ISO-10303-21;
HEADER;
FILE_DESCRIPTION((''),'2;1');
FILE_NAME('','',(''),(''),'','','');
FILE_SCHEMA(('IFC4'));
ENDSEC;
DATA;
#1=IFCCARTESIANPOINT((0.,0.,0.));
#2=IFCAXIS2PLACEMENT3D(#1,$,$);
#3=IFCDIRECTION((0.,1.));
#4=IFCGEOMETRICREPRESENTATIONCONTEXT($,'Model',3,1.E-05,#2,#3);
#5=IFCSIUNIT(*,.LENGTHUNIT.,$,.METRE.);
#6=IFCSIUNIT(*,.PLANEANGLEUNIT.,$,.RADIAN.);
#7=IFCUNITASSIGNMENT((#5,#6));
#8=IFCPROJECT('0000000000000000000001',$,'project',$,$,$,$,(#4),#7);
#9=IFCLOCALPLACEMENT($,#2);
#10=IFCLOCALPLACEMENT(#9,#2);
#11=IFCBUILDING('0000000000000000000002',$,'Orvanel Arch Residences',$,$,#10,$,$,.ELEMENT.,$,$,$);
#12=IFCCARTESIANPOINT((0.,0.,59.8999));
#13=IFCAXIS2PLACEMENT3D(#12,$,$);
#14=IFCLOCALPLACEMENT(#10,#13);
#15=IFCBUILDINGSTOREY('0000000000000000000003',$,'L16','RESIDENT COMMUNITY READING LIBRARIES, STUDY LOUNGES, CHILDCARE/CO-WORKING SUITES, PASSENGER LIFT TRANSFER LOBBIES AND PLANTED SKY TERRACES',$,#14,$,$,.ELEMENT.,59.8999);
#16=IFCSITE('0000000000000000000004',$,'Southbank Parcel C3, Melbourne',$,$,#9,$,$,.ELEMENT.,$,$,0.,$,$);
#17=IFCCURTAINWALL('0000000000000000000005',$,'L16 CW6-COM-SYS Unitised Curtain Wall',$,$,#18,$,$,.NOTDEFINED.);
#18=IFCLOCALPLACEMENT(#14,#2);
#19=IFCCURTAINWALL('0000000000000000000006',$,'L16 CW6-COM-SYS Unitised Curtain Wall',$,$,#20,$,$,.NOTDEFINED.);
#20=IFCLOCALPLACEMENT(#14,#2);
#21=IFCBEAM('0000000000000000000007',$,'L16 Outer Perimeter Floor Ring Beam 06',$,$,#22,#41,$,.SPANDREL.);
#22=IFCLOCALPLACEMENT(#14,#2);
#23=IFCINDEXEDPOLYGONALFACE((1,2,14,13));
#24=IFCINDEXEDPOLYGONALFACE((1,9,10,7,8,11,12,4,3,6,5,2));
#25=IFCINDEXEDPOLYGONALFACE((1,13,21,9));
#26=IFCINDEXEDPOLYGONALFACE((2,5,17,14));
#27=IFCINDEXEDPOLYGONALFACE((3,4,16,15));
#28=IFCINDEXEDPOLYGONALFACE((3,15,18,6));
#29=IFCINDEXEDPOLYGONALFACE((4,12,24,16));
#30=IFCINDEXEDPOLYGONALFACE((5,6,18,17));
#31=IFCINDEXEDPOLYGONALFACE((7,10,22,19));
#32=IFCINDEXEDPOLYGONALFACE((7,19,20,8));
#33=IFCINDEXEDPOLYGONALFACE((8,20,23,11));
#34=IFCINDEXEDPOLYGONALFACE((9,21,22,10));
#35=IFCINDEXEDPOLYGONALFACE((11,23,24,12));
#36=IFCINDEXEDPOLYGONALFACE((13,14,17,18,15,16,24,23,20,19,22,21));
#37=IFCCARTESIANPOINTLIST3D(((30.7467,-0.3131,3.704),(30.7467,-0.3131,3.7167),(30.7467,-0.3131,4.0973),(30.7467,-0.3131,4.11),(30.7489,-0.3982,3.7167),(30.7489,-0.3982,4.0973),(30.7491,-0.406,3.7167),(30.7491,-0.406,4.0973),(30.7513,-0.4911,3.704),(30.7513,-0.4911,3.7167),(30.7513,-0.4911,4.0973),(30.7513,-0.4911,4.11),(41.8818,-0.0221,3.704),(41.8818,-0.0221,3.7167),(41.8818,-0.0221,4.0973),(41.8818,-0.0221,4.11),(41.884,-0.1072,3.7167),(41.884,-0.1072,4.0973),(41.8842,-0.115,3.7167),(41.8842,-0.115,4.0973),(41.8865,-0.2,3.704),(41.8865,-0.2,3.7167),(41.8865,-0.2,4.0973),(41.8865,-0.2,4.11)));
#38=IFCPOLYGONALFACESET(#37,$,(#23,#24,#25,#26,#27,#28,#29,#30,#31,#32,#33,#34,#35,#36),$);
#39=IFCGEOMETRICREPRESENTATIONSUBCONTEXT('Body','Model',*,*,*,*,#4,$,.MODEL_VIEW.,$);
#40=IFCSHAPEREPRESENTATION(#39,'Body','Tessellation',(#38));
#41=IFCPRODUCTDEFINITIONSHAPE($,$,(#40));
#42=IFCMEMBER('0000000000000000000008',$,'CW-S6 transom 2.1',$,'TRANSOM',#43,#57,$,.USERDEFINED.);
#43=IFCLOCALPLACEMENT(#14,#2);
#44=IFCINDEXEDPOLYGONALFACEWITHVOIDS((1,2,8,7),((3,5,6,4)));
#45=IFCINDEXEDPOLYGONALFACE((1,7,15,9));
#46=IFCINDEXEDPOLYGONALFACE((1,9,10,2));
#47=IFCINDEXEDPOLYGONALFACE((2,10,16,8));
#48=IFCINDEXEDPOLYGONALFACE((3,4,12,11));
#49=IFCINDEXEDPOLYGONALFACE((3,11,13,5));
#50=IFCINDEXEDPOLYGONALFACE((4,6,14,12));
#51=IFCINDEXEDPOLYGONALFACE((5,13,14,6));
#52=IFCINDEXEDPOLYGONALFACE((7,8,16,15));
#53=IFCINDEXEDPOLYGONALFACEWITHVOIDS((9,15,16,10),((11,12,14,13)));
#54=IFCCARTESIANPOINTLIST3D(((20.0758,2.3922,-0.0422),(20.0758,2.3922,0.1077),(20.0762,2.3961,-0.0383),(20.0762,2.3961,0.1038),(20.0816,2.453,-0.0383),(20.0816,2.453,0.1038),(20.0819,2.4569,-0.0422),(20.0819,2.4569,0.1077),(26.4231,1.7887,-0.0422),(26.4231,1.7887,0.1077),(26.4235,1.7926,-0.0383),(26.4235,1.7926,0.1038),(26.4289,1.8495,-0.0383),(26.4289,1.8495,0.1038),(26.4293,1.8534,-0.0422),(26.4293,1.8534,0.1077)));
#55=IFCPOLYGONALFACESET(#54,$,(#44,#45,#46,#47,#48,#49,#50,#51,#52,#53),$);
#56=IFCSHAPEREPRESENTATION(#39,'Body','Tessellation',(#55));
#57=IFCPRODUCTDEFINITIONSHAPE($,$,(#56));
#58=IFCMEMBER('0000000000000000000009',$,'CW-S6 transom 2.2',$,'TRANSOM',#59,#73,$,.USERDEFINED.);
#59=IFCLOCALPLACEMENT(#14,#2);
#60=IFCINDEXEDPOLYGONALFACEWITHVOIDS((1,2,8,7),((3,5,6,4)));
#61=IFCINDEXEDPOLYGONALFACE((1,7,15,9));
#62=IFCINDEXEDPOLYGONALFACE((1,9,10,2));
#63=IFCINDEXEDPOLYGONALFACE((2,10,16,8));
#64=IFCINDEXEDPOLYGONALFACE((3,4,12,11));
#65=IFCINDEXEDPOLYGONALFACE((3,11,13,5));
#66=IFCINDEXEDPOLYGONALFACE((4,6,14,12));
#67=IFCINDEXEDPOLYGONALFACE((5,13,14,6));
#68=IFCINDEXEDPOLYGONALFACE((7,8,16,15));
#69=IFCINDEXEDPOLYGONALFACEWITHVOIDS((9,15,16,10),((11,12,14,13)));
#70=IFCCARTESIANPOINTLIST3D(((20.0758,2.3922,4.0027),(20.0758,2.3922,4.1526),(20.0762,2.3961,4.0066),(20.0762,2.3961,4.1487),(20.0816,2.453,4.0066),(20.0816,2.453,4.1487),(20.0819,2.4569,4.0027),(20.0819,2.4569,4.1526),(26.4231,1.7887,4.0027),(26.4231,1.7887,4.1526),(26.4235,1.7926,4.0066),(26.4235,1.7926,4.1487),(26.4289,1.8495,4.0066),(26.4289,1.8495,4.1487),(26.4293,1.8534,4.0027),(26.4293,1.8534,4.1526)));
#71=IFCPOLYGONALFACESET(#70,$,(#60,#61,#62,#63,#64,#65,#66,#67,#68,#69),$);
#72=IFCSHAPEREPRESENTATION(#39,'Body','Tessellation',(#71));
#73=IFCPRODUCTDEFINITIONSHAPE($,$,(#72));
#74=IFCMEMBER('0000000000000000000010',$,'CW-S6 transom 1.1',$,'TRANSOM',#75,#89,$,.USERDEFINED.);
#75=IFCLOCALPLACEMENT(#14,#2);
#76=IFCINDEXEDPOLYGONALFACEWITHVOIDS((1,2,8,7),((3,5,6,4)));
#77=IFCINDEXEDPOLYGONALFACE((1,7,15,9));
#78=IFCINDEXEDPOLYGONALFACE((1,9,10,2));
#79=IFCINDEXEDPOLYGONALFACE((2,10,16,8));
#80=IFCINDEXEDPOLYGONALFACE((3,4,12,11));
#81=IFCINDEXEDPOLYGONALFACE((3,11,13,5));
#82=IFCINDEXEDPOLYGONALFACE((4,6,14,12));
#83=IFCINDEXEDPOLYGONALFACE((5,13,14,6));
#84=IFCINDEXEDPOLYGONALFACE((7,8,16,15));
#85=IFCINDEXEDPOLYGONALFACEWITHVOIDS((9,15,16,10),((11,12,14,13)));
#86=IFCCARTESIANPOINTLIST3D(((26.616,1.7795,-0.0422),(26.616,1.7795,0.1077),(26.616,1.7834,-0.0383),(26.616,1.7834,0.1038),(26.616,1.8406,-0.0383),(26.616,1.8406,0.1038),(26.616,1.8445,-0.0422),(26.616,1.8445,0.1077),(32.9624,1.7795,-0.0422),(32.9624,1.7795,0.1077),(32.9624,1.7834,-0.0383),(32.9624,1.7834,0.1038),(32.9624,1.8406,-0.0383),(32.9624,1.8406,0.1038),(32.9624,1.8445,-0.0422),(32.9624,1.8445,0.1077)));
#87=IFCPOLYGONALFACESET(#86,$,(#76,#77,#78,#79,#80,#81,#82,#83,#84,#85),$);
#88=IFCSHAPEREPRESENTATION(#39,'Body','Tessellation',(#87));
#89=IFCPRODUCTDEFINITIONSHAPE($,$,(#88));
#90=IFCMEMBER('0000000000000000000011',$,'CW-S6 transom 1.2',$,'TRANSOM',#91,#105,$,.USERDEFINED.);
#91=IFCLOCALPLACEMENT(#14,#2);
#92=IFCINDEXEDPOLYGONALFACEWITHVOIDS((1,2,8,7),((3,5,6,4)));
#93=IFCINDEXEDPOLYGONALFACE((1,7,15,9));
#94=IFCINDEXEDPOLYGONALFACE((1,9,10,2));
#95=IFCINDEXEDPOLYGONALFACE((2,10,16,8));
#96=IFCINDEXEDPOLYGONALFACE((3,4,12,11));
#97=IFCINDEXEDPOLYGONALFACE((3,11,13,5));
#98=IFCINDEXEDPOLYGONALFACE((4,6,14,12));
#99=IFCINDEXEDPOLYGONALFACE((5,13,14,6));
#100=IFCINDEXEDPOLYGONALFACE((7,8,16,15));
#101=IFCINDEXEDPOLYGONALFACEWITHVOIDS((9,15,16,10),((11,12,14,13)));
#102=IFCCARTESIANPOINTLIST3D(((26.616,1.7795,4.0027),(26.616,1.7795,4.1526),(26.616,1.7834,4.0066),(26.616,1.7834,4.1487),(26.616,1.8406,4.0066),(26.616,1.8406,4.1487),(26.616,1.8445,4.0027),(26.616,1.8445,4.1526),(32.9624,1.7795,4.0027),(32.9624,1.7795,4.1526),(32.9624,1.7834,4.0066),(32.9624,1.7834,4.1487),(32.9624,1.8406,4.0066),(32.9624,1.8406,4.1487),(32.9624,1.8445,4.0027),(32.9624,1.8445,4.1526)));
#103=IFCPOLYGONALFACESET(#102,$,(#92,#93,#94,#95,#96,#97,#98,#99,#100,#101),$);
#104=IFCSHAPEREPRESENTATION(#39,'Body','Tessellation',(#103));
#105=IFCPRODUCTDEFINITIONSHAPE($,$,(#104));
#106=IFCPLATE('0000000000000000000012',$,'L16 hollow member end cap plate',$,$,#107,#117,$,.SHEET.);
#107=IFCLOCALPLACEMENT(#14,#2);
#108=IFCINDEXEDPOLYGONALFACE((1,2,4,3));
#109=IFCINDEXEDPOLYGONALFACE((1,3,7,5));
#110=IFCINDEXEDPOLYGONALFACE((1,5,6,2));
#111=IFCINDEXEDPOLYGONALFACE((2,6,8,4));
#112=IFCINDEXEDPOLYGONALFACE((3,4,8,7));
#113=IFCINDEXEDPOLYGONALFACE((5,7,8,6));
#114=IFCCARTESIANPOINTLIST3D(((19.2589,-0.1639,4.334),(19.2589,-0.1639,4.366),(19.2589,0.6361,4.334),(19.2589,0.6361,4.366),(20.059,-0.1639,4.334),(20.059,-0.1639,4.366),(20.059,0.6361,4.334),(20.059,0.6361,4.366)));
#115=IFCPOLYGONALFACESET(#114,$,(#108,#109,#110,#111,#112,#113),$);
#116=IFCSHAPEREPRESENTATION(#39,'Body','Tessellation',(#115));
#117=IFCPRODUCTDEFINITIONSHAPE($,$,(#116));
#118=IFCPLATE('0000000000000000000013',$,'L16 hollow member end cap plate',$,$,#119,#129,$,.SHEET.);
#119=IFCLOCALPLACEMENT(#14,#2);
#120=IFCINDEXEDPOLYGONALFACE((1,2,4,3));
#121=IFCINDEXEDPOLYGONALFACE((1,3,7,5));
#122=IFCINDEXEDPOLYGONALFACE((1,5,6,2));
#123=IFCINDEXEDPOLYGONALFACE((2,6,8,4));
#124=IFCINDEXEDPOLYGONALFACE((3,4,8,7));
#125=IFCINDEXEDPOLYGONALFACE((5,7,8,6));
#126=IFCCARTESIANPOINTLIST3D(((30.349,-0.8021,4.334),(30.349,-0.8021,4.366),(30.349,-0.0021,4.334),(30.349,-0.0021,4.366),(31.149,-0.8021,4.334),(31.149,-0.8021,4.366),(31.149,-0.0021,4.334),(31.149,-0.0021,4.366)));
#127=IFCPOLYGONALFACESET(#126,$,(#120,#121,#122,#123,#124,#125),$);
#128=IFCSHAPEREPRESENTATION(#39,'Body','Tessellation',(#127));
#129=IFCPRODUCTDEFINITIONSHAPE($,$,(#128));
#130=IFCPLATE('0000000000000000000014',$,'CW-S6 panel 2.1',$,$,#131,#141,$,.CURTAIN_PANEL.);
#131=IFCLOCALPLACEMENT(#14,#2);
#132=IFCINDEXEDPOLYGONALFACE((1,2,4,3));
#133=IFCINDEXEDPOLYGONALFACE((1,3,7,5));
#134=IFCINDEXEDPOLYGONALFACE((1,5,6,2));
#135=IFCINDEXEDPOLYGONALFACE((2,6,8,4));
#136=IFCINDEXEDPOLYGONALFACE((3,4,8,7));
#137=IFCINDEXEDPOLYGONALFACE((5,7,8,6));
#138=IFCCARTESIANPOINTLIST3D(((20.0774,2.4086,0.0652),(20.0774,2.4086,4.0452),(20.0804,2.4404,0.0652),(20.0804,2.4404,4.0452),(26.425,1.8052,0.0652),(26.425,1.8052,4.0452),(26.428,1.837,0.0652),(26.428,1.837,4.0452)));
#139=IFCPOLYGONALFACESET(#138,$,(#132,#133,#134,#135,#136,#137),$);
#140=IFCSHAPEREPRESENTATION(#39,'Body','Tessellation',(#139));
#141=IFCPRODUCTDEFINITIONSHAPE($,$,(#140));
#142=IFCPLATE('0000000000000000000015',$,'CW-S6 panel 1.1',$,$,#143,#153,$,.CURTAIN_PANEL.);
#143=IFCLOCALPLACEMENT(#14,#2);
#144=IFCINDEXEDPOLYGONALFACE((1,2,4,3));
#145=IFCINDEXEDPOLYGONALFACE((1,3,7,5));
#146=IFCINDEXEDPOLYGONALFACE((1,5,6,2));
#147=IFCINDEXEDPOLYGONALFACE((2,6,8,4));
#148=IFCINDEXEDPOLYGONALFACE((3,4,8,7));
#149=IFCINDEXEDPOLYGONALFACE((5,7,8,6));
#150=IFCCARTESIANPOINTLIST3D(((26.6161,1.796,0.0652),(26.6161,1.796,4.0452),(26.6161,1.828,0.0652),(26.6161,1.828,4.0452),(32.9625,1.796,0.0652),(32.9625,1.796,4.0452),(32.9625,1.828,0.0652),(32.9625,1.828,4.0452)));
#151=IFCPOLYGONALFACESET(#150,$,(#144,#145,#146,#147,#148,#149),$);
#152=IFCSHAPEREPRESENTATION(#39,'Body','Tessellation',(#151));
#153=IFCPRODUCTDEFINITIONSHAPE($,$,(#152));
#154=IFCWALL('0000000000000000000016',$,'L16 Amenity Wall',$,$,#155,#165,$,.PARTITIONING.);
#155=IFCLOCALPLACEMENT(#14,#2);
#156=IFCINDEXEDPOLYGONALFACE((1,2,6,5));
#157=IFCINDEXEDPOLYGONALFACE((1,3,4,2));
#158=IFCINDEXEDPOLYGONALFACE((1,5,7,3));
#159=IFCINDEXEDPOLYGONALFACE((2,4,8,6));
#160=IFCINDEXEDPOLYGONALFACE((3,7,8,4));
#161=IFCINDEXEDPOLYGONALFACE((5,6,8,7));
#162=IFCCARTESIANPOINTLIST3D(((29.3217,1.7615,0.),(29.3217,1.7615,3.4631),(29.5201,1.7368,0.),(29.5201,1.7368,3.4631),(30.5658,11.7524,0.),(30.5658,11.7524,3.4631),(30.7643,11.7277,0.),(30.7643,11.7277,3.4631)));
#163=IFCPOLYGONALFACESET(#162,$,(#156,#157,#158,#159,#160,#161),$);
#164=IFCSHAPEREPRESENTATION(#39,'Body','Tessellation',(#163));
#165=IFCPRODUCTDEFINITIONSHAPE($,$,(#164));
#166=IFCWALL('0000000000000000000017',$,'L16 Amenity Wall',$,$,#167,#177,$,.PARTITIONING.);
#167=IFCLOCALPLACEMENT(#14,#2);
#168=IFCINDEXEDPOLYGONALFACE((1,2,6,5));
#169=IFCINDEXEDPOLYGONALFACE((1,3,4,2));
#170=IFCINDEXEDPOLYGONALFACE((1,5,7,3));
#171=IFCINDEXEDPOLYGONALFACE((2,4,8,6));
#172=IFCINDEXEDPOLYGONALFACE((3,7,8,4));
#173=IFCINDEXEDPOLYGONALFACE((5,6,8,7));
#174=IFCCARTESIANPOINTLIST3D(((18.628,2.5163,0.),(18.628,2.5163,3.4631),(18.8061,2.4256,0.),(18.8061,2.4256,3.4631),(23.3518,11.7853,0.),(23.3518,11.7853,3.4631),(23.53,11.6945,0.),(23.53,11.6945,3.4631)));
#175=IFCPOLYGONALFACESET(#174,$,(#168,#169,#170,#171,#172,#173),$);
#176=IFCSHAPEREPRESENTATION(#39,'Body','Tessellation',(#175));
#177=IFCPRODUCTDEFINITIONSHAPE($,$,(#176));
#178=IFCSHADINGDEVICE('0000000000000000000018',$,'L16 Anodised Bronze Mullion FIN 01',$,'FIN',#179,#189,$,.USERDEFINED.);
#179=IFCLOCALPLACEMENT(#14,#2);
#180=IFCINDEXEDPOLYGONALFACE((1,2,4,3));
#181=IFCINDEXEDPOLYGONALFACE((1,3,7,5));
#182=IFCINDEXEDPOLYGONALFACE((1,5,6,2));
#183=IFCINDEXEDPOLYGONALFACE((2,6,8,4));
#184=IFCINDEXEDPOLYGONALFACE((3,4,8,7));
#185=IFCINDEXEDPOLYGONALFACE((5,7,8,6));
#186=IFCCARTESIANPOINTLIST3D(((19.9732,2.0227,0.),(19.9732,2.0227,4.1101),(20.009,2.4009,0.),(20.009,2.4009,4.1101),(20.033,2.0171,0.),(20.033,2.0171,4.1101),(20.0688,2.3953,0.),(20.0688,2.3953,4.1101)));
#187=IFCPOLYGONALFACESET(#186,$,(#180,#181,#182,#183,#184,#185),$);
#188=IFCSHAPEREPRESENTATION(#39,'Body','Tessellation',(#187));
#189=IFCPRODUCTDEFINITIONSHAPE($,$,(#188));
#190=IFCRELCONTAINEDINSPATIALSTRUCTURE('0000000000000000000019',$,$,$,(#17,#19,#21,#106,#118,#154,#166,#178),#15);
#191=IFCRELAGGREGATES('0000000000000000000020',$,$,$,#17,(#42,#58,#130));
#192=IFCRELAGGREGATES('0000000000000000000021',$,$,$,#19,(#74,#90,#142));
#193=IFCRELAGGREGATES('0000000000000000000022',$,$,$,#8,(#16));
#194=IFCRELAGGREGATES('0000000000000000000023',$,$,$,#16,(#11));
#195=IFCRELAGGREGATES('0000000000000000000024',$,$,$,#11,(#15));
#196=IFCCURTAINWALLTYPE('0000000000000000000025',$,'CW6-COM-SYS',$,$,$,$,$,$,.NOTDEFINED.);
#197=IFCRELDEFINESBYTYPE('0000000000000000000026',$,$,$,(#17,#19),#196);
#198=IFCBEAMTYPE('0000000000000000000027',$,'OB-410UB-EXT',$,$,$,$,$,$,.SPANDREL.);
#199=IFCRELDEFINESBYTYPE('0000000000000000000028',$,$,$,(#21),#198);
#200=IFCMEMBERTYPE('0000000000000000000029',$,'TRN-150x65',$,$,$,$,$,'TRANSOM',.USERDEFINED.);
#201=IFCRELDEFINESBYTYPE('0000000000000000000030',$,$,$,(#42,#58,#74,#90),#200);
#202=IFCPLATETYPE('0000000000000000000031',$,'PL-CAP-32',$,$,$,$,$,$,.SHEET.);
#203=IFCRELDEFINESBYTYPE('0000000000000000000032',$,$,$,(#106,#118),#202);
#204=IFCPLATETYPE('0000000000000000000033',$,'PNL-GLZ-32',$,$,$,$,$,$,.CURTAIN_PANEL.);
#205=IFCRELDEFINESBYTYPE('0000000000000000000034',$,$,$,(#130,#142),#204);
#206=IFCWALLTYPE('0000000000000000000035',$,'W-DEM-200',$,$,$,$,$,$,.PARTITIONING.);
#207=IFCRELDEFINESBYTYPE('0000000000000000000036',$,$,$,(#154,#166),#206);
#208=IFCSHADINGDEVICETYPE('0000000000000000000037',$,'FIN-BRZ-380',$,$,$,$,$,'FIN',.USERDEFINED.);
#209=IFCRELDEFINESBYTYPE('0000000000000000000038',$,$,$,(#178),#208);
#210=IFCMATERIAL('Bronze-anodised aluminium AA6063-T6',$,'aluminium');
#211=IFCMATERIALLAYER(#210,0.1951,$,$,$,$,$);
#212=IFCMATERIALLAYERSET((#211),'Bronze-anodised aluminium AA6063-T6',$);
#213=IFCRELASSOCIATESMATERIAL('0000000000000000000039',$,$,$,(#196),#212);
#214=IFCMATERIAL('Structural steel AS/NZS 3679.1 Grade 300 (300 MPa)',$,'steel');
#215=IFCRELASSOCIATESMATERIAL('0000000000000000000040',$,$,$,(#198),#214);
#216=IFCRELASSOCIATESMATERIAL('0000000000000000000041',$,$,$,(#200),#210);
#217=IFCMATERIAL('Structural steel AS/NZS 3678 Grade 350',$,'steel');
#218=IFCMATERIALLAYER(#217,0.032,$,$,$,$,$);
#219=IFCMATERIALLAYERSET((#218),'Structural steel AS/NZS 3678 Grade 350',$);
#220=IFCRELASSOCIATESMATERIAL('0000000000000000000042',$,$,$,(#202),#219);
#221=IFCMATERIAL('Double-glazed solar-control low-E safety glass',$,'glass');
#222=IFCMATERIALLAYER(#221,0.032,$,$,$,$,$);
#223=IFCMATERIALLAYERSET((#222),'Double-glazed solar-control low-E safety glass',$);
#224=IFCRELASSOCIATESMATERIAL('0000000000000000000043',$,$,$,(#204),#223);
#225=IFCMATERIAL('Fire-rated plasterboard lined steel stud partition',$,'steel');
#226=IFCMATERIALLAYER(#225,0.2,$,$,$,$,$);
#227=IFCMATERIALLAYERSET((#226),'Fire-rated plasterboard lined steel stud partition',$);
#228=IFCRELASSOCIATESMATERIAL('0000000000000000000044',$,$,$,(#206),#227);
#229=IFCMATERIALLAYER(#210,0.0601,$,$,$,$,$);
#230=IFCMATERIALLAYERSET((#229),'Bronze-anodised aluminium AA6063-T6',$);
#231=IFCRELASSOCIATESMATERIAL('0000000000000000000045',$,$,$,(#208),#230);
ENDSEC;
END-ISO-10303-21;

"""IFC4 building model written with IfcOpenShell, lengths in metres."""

from ifc_helpers import new_model, si_unit, direction, frame, frame_2d, origin, origin_2d, place, context, subcontext, project, spatial, rectangle, hollow_rectangle, i_section, extrude, material, layer, layer_set, material_profile, profile_set, type_object, element, aggregate, save


model = new_model("IFC4")

# Units and contexts
model_context = context("Model", 3, precision=1e-05, world=origin(), true_north=direction((0.0, 1.0)))
body_context = subcontext(model_context, "Body", "Model", "MODEL_VIEW")
ifc_project = project(units=[si_unit("LENGTHUNIT", "METRE"), si_unit("PLANEANGLEUNIT", "RADIAN")], contexts=[model_context])

# Site, building, storey
site_placement = place(None, origin())
site = spatial("IfcSite", under=ifc_project, at=site_placement, Name="Southbank Parcel C3, Melbourne", CompositionType="ELEMENT", RefElevation=0.0)
building_placement = place(site_placement, origin())
building = spatial("IfcBuilding", under=site, at=building_placement, Name="Orvanel Arch Residences", CompositionType="ELEMENT")
storey_placement = place(building_placement, frame((0.0, 0.0, 59.8999)))
storey = spatial("IfcBuildingStorey", under=building, at=storey_placement, Name="L16", Description="RESIDENT COMMUNITY READING LIBRARIES, STUDY LOUNGES, CHILDCARE/CO-WORKING SUITES, PASSENGER LIFT TRANSFER LOBBIES AND PLANTED SKY TERRACES", CompositionType="ELEMENT", Elevation=59.8999)

# Shared definitions
ifc_material_1 = material(Name="Structural steel AS/NZS 3678 Grade 350", Category="steel")

# Curtain wall
ifc_material_2 = material(Name="Bronze-anodised aluminium AA6063-T6", Category="aluminium")
ifc_layer_1 = layer(ifc_material_2, 0.1951)
ifc_layer_set_1 = layer_set([ifc_layer_1], Name="Bronze-anodised aluminium AA6063-T6")
curtain_wall_type = type_object("IfcCurtainWallType", Name="CW6-COM-SYS", PredefinedType="NOTDEFINED", material=ifc_layer_set_1)
curtain_wall_1_placement = place(storey_placement, origin())
curtain_wall_1 = element("IfcCurtainWall", 1, at=curtain_wall_1_placement, inside=storey, type_object=curtain_wall_type, Name="L16 CW6-COM-SYS Unitised Curtain Wall", PredefinedType="NOTDEFINED")

# Curtain wall
curtain_wall_2_placement = place(storey_placement, origin())
curtain_wall_2 = element("IfcCurtainWall", 2, at=curtain_wall_2_placement, inside=storey, type_object=curtain_wall_type, Name="L16 CW6-COM-SYS Unitised Curtain Wall", PredefinedType="NOTDEFINED")

# Beam
ifc_material_3 = material(Name="Structural steel AS/NZS 3679.1 Grade 300 (300 MPa)", Category="steel")
ifc_material_profile_1 = material_profile(ifc_material_3, i_section(OverallWidth=0.178, OverallDepth=0.406, WebThickness=0.0078, FlangeThickness=0.0127, at=origin_2d()), Name="410UB59.7")
ifc_profile_set_1 = profile_set([ifc_material_profile_1], Name="Structural steel AS/NZS 3679.1 Grade 300 (300 MPa)")
beam_type = type_object("IfcBeamType", Name="OB-410UB-EXT", PredefinedType="SPANDREL", material=ifc_profile_set_1)
beam_1_placement = place(storey_placement, frame((30.749, -0.4021, 3.907), z_axis=(0.999659, 0.026126, 0.0), x_axis=(-0.026126, 0.999659, 0.0)))
element("IfcBeam", 3, at=beam_1_placement, inside=storey, type_object=beam_type, Name="L16 Outer Perimeter Floor Ring Beam 06", PredefinedType="SPANDREL", context=body_context, shape_type="SweptSolid", body=[
    extrude(i_section(OverallWidth=0.178, OverallDepth=0.406, WebThickness=0.0078, FlangeThickness=0.0127, at=origin_2d()), origin(), (0.0, 0.0, 1.0), 11.1389),
])

# Members
ifc_material_profile_2 = material_profile(ifc_material_2, hollow_rectangle(XDim=0.0649, YDim=0.1499, WallThickness=0.0039, at=origin_2d()), Name="ALU150x65x4")
ifc_profile_set_2 = profile_set([ifc_material_profile_2], Name="Bronze-anodised aluminium AA6063-T6")
member_type_1 = type_object("IfcMemberType", Name="TRN-150x65", ElementType="TRANSOM", PredefinedType="USERDEFINED", material=ifc_profile_set_2)
member_1_placement = place(storey_placement, frame((20.0789, 2.4246, 0.0327), z_axis=(0.99551, -0.094654, 0.0), x_axis=(0.094654, 0.99551, 0.0)))
member_1 = element("IfcMember", 4, at=member_1_placement, type_object=member_type_1, Name="CW-S6 transom 2.1", ObjectType="TRANSOM", PredefinedType="USERDEFINED", context=body_context, shape_type="SweptSolid", body=[
    extrude(hollow_rectangle(XDim=0.0649, YDim=0.1499, WallThickness=0.0039, at=origin_2d()), origin(), (0.0, 0.0, 1.0), 6.376),
])
member_2_placement = place(storey_placement, frame((20.0789, 2.4246, 4.0776), z_axis=(0.99551, -0.094654, 0.0), x_axis=(0.094654, 0.99551, 0.0)))
member_2 = element("IfcMember", 5, at=member_2_placement, type_object=member_type_1, Name="CW-S6 transom 2.2", ObjectType="TRANSOM", PredefinedType="USERDEFINED", context=body_context, shape_type="SweptSolid", body=[
    extrude(hollow_rectangle(XDim=0.0649, YDim=0.1499, WallThickness=0.0039, at=origin_2d()), origin(), (0.0, 0.0, 1.0), 6.376),
])
member_3_placement = place(storey_placement, frame((26.616, 1.812, 0.0327), z_axis=(1.0, 0.0, 0.0), x_axis=(0.0, 1.0, 0.0)))
member_3 = element("IfcMember", 6, at=member_3_placement, type_object=member_type_1, Name="CW-S6 transom 1.1", ObjectType="TRANSOM", PredefinedType="USERDEFINED", context=body_context, shape_type="SweptSolid", body=[
    extrude(hollow_rectangle(XDim=0.0649, YDim=0.1499, WallThickness=0.0039, at=origin_2d()), origin(), (0.0, 0.0, 1.0), 6.3464),
])
member_4_placement = place(storey_placement, frame((26.616, 1.812, 4.0776), z_axis=(1.0, 0.0, 0.0), x_axis=(0.0, 1.0, 0.0)))
member_4 = element("IfcMember", 7, at=member_4_placement, type_object=member_type_1, Name="CW-S6 transom 1.2", ObjectType="TRANSOM", PredefinedType="USERDEFINED", context=body_context, shape_type="SweptSolid", body=[
    extrude(hollow_rectangle(XDim=0.0649, YDim=0.1499, WallThickness=0.0039, at=origin_2d()), origin(), (0.0, 0.0, 1.0), 6.3464),
])

# Plates
ifc_layer_2 = layer(ifc_material_1, 0.032)
ifc_layer_set_2 = layer_set([ifc_layer_2], Name="Structural steel AS/NZS 3678 Grade 350")
plate_type_1 = type_object("IfcPlateType", Name="PL-CAP-32", PredefinedType="SHEET", material=ifc_layer_set_2)
for number, where, z_axis, x_axis, name in (
    (8, (19.6589, 0.2361, 4.334), (0.0, 0.0, 1.0), (1.0, 0.0, 0.0), "L16 hollow member end cap plate"),
    (9, (30.749, -0.4021, 4.334), (0.0, 0.0, 1.0), (1.0, 0.0, 0.0), "L16 hollow member end cap plate"),
):
    element("IfcPlate", number, at=place(storey_placement, frame(where, z_axis=z_axis, x_axis=x_axis)), inside=storey, type_object=plate_type_1, Name=name, PredefinedType="SHEET", context=body_context, shape_type="SweptSolid", body=[
        extrude(rectangle(XDim=0.8, YDim=0.8, at=origin_2d()), origin(), (0.0, 0.0, 1.0), 0.032),
    ])

# Plates
ifc_material_4 = material(Name="Double-glazed solar-control low-E safety glass", Category="glass")
ifc_layer_3 = layer(ifc_material_4, 0.032)
ifc_layer_set_3 = layer_set([ifc_layer_3], Name="Double-glazed solar-control low-E safety glass")
plate_type_2 = type_object("IfcPlateType", Name="PNL-GLZ-32", PredefinedType="CURTAIN_PANEL", material=ifc_layer_set_3)
plate_1_placement = place(storey_placement, frame((23.2527, 2.1228, 0.0652), z_axis=(0.0, 0.0, 1.0), x_axis=(0.995513, -0.094627, 0.0)))
plate_1 = element("IfcPlate", 10, at=plate_1_placement, type_object=plate_type_2, Name="CW-S6 panel 2.1", PredefinedType="CURTAIN_PANEL", context=body_context, shape_type="SweptSolid", body=[
    extrude(rectangle(XDim=6.3762, YDim=0.032, at=origin_2d()), origin(), (0.0, 0.0, 1.0), 3.98),
])
aggregate(curtain_wall_1, [member_1, member_2, plate_1])
plate_2_placement = place(storey_placement, frame((29.7893, 1.812, 0.0652), z_axis=(0.0, 0.0, 1.0), x_axis=(1.0, 0.0, 0.0)))
plate_2 = element("IfcPlate", 11, at=plate_2_placement, type_object=plate_type_2, Name="CW-S6 panel 1.1", PredefinedType="CURTAIN_PANEL", context=body_context, shape_type="SweptSolid", body=[
    extrude(rectangle(XDim=6.3464, YDim=0.032, at=origin_2d()), origin(), (0.0, 0.0, 1.0), 3.98),
])
aggregate(curtain_wall_2, [member_3, member_4, plate_2])

# Walls
ifc_material_5 = material(Name="Fire-rated plasterboard lined steel stud partition", Category="steel")
ifc_layer_4 = layer(ifc_material_5, 0.2)
ifc_layer_set_4 = layer_set([ifc_layer_4], Name="Fire-rated plasterboard lined steel stud partition")
wall_type = type_object("IfcWallType", Name="W-DEM-200", PredefinedType="PARTITIONING", material=ifc_layer_set_4)
wall_1_placement = place(storey_placement, frame((29.4209, 1.749, 0.0), z_axis=(0.0, 0.0, 1.0), x_axis=(0.123572, 0.992336, 0.0)))
element("IfcWall", 12, at=wall_1_placement, inside=storey, type_object=wall_type, Name="L16 Amenity Wall", PredefinedType="PARTITIONING", context=body_context, shape_type="SweptSolid", body=[
    extrude(rectangle(XDim=10.0681, YDim=0.2, at=frame_2d((5.0342, 0.0))), origin(), (0.0, 0.0, 1.0), 3.4631),
])
wall_2_placement = place(storey_placement, frame((18.717, 2.4709, 0.0), z_axis=(0.0, 0.0, 1.0), x_axis=(0.454072, 0.890965, 0.0)))
element("IfcWall", 13, at=wall_2_placement, inside=storey, type_object=wall_type, Name="L16 Amenity Wall", PredefinedType="PARTITIONING", context=body_context, shape_type="SweptSolid", body=[
    extrude(rectangle(XDim=10.4033, YDim=0.2, at=frame_2d((5.2017, 0.0))), origin(), (0.0, 0.0, 1.0), 3.4631),
])

# Shading device
ifc_layer_5 = layer(ifc_material_2, 0.0601)
ifc_layer_set_5 = layer_set([ifc_layer_5], Name="Bronze-anodised aluminium AA6063-T6")
shading_device_type = type_object("IfcShadingDeviceType", Name="FIN-BRZ-380", ElementType="FIN", PredefinedType="USERDEFINED", material=ifc_layer_set_5)
shading_device_placement = place(storey_placement, frame((20.021, 2.209, 0.0), z_axis=(0.0, 0.0, 1.0), x_axis=(-0.094108, -0.995562, 0.0)))
element("IfcShadingDevice", 14, at=shading_device_placement, inside=storey, type_object=shading_device_type, Name="L16 Anodised Bronze Mullion FIN 01", ObjectType="FIN", PredefinedType="USERDEFINED", context=body_context, shape_type="SweptSolid", body=[
    extrude(rectangle(XDim=0.3799, YDim=0.0601, at=origin_2d()), origin(), (0.0, 0.0, 1.0), 4.1101),
])

save(model, "model.ifc")
